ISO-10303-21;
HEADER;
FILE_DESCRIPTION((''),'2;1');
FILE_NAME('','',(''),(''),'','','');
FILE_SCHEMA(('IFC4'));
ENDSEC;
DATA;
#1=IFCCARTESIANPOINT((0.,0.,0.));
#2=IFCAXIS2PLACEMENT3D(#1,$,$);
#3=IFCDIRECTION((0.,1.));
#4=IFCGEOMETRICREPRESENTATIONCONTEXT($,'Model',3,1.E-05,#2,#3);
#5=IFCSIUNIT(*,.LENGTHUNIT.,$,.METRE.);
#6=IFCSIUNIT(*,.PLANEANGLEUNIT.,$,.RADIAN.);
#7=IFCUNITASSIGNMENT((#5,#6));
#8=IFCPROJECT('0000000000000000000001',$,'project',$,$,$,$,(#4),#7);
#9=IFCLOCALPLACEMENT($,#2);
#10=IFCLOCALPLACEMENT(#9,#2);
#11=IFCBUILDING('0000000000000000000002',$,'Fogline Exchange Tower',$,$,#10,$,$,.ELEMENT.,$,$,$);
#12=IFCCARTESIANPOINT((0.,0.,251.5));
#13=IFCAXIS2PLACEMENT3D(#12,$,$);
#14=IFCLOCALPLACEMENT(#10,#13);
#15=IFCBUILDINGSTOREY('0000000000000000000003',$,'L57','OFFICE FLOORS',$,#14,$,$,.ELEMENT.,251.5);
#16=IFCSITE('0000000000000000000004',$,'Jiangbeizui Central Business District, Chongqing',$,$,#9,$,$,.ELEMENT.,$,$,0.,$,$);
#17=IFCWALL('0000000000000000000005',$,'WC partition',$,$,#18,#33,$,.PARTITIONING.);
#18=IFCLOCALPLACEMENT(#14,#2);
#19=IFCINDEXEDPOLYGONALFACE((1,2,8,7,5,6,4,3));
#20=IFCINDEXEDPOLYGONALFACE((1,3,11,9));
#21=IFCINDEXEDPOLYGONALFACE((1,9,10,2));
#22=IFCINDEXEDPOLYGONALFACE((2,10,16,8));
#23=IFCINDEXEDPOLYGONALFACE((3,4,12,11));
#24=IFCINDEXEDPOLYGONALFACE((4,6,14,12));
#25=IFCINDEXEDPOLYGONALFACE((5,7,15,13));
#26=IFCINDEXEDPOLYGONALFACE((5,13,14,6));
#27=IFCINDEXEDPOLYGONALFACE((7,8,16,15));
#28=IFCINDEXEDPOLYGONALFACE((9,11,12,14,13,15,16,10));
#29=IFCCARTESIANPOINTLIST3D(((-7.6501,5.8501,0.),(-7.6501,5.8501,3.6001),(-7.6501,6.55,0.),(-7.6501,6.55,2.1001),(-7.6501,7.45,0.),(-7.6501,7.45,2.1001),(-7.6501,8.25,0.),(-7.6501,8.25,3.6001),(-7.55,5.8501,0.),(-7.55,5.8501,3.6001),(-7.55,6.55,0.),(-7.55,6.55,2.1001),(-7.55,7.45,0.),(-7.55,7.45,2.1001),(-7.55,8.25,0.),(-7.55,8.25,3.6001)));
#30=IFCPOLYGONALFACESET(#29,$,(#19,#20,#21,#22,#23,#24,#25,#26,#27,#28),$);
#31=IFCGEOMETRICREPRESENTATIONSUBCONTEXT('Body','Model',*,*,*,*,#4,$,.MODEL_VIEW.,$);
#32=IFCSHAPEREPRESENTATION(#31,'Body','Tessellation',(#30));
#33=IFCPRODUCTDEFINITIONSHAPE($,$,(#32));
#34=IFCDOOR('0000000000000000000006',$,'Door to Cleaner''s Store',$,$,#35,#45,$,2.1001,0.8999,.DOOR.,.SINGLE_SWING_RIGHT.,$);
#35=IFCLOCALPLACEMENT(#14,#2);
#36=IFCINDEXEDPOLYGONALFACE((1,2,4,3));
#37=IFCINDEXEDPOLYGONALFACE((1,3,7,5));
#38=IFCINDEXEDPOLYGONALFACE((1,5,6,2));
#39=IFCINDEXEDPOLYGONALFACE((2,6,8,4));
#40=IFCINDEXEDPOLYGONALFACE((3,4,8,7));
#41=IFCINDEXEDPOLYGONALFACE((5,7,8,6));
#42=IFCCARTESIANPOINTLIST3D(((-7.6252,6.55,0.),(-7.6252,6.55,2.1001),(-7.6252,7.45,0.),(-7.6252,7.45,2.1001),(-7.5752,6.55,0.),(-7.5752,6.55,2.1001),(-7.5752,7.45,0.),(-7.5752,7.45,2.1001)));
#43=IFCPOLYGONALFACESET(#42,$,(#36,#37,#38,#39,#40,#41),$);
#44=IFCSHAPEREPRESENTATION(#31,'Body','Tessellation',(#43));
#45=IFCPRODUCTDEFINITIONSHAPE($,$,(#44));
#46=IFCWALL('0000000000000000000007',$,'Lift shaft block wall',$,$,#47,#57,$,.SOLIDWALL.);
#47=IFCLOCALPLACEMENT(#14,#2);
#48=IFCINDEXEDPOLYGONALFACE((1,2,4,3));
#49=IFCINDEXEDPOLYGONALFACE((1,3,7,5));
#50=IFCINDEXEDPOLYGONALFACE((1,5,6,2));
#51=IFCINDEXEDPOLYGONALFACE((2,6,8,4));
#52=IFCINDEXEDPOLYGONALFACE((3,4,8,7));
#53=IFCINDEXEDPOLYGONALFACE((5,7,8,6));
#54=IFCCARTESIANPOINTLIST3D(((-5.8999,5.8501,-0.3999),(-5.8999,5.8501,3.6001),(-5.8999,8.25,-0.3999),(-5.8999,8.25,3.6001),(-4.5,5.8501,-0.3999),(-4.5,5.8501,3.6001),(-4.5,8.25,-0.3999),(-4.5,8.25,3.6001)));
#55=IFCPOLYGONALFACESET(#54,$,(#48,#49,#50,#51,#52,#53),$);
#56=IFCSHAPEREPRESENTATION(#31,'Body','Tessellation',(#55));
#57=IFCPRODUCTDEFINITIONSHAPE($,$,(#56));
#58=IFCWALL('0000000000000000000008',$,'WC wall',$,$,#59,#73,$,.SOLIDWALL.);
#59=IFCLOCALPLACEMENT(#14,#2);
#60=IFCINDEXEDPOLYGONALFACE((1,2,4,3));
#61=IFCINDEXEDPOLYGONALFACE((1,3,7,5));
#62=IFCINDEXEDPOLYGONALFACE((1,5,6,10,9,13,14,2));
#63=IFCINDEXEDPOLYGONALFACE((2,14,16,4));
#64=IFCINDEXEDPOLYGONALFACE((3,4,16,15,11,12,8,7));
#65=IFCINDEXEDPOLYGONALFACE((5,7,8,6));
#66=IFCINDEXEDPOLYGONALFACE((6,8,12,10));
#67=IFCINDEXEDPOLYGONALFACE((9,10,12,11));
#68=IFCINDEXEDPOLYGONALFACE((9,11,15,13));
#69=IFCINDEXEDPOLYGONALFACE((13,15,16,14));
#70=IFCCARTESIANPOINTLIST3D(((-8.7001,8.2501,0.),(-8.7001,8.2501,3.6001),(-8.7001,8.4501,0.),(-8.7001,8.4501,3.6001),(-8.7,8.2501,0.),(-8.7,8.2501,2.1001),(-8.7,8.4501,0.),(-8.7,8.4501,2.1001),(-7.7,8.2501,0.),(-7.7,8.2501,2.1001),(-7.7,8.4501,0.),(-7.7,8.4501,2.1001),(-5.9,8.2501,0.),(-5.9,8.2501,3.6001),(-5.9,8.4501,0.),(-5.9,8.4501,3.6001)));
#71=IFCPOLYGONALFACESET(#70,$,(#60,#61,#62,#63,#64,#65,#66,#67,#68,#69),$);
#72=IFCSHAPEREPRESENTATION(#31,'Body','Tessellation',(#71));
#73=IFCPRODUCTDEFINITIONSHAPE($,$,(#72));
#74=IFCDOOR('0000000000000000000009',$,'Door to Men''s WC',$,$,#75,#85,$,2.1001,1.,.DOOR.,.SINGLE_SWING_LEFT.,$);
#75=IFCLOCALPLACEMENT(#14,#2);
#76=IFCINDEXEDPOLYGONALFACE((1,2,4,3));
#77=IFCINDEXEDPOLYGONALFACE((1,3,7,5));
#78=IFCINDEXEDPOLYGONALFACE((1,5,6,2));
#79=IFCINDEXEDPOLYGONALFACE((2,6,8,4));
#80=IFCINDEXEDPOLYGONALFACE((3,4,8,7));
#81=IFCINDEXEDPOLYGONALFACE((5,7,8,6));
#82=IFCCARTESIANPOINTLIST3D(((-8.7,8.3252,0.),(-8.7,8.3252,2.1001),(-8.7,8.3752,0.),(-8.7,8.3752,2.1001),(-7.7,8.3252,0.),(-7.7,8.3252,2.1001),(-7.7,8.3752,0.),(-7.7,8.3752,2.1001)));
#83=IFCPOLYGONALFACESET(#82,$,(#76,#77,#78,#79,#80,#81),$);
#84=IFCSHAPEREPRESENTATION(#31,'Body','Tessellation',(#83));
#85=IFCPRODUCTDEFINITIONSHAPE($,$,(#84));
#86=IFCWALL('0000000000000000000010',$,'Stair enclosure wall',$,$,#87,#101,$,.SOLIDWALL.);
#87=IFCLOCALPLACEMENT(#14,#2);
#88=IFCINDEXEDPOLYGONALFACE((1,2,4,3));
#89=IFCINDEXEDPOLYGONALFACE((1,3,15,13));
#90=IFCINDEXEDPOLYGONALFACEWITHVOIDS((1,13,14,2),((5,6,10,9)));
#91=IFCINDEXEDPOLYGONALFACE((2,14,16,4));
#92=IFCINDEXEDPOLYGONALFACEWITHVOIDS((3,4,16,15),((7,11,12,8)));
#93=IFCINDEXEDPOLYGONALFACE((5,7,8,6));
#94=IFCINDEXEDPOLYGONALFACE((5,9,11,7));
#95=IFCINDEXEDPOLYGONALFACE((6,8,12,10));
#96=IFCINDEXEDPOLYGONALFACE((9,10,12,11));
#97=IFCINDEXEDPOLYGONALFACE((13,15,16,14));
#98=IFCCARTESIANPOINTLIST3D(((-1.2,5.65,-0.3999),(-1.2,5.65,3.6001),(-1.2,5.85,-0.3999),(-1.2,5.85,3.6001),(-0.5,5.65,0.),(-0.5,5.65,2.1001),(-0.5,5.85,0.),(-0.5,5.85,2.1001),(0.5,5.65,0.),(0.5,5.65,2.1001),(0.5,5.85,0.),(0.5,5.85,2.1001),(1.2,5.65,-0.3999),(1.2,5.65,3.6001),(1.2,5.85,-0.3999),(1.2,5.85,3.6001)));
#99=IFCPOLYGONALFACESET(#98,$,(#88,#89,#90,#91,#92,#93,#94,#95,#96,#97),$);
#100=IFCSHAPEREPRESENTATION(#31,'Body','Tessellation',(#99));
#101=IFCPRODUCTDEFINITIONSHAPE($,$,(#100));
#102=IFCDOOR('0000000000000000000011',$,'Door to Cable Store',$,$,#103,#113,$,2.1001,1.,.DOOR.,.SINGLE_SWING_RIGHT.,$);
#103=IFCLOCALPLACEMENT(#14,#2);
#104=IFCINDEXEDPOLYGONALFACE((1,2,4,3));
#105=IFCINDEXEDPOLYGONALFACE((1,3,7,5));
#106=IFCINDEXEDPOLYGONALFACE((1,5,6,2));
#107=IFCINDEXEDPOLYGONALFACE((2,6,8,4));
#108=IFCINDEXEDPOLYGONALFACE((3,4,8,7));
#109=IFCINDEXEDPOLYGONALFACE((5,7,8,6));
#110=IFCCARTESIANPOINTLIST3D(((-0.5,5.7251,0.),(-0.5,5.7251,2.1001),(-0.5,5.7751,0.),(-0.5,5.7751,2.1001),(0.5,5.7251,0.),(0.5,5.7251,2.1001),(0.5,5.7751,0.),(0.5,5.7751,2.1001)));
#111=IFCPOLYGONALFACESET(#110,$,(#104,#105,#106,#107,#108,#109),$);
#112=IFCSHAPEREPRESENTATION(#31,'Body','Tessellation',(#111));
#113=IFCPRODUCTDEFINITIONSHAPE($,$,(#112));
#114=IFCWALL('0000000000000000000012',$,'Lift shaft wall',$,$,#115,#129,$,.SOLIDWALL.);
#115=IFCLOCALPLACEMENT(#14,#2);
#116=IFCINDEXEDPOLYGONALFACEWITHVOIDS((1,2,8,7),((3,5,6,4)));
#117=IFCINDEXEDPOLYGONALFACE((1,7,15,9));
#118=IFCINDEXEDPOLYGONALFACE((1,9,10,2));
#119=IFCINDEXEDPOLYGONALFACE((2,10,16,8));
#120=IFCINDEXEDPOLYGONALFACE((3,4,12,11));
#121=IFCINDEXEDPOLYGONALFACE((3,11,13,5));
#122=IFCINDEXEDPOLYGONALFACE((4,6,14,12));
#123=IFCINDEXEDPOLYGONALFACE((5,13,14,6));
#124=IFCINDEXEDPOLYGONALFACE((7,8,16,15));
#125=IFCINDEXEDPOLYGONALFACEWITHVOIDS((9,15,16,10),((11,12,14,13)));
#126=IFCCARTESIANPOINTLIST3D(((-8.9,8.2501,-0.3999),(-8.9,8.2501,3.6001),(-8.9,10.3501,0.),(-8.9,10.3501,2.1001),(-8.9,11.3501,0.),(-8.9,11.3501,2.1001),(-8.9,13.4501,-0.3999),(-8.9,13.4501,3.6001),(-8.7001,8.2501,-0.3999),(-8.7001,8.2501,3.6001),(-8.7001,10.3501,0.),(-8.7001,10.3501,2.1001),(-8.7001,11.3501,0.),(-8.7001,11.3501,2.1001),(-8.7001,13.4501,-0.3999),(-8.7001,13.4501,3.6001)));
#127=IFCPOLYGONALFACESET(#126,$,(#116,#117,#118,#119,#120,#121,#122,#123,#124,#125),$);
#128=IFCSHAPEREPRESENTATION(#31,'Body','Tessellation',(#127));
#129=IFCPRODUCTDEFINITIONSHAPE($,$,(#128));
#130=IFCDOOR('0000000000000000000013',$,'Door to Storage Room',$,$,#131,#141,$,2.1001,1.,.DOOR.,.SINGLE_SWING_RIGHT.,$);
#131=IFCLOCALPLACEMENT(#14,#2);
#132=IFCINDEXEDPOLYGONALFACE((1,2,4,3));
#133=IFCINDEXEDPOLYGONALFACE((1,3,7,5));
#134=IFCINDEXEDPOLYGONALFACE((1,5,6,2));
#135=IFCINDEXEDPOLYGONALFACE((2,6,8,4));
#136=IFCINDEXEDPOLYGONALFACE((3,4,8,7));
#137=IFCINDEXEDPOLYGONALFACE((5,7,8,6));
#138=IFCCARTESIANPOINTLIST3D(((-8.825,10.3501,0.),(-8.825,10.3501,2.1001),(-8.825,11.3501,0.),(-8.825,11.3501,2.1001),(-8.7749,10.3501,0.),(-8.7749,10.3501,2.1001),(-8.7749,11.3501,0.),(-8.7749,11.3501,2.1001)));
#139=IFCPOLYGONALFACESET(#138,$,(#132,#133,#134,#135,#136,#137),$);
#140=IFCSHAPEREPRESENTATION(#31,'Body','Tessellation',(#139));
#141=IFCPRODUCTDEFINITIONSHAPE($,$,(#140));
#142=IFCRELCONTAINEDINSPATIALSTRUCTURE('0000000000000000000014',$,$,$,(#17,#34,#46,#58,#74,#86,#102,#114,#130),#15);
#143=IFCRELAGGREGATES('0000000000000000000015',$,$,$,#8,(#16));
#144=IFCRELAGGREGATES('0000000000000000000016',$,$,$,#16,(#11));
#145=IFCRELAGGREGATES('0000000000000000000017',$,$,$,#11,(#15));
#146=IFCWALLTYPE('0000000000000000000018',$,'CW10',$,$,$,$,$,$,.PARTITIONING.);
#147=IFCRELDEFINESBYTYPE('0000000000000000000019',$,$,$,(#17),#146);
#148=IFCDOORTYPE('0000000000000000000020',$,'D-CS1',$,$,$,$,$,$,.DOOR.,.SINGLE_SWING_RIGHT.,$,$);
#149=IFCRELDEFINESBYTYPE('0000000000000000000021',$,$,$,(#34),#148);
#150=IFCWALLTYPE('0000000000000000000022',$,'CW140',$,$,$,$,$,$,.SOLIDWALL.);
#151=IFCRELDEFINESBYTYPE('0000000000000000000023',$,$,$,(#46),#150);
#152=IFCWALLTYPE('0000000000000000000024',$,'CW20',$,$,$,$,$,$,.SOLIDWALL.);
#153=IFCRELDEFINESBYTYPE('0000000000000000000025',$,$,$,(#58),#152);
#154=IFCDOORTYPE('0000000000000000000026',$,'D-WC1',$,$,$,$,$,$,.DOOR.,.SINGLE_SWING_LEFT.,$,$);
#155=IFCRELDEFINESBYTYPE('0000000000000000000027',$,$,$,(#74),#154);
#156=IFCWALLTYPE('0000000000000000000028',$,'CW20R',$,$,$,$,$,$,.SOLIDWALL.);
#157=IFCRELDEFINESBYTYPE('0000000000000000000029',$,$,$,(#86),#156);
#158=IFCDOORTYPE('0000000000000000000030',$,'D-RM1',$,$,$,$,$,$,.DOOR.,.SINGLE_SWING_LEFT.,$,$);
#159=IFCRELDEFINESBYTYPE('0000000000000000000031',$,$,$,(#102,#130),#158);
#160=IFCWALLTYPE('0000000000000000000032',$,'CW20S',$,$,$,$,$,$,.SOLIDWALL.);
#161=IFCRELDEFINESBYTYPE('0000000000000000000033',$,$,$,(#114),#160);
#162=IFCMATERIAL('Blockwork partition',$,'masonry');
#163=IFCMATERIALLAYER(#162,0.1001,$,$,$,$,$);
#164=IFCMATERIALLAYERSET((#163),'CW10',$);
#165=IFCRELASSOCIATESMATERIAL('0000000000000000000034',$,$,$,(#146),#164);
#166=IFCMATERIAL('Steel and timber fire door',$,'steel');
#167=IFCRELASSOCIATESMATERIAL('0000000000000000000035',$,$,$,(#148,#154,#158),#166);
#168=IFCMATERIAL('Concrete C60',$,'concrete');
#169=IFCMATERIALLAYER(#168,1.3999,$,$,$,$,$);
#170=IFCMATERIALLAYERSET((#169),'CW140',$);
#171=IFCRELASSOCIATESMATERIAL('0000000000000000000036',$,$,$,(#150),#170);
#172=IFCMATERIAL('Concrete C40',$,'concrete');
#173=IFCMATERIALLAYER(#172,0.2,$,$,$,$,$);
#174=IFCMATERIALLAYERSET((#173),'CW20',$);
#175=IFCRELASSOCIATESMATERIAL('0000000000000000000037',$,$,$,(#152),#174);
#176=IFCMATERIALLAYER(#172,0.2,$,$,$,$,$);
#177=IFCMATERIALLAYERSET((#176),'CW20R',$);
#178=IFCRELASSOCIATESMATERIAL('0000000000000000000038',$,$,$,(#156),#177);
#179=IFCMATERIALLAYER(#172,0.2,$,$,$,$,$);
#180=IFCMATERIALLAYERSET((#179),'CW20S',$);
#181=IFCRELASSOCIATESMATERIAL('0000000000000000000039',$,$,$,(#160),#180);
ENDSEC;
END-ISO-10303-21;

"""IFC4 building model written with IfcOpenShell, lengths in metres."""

from ifc_helpers import new_model, si_unit, direction, frame, frame_2d, origin, place, context, subcontext, project, spatial, rectangle, extrude, material, layer, layer_set, type_object, element, fill, save


model = new_model("IFC4")

# Units and contexts
model_context = context("Model", 3, precision=1e-05, world=origin(), true_north=direction((0.0, 1.0)))
body_context = subcontext(model_context, "Body", "Model", "MODEL_VIEW")
ifc_project = project(units=[si_unit("LENGTHUNIT", "METRE"), si_unit("PLANEANGLEUNIT", "RADIAN")], contexts=[model_context])

# Site, building, storey
site_placement = place(None, origin())
site = spatial("IfcSite", under=ifc_project, at=site_placement, Name="Jiangbeizui Central Business District, Chongqing", CompositionType="ELEMENT", RefElevation=0.0)
building_placement = place(site_placement, origin())
building = spatial("IfcBuilding", under=site, at=building_placement, Name="Fogline Exchange Tower", CompositionType="ELEMENT")
storey_placement = place(building_placement, frame((0.0, 0.0, 251.5)))
storey = spatial("IfcBuildingStorey", under=building, at=storey_placement, Name="L57", Description="OFFICE FLOORS", CompositionType="ELEMENT", Elevation=251.5)

# Wall, opening, door
ifc_material_1 = material(Name="Blockwork partition", Category="masonry")
ifc_layer_1 = layer(ifc_material_1, 0.1001)
ifc_layer_set_1 = layer_set([ifc_layer_1], Name="CW10")
wall_type_1 = type_object("IfcWallType", Name="CW10", PredefinedType="PARTITIONING", material=ifc_layer_set_1)
wall_1_placement = place(storey_placement, frame((-7.6001, 5.8501, 0.0), z_axis=(0.0, 0.0, 1.0), x_axis=(0.0, 1.0, 0.0)))
wall_1 = element("IfcWall", 1, at=wall_1_placement, inside=storey, type_object=wall_type_1, Name="WC partition", PredefinedType="PARTITIONING", context=body_context, shape_type="SweptSolid", body=[
    extrude(rectangle(XDim=2.3999, YDim=0.1001, at=frame_2d((1.2, 0.0))), origin(), (0.0, 0.0, 1.0), 3.6001),
])
opening_1_placement = place(wall_1_placement, frame((0.7, 0.0, 0.0)))
opening_1 = element("IfcOpeningElement", 2, at=opening_1_placement, cuts=wall_1, PredefinedType="OPENING", context=body_context, shape_type="SweptSolid", body=[
    extrude(rectangle(XDim=0.8999, YDim=2.1001, at=frame_2d((0.45, 1.05))), frame((0.0, 0.0601, 0.0), z_axis=(0.0, -1.0, 0.0), x_axis=(1.0, 0.0, 0.0)), (0.0, 0.0, 1.0), 0.1201),
])
ifc_material_2 = material(Name="Steel and timber fire door", Category="steel")
door_type_1 = type_object("IfcDoorType", Name="D-CS1", OperationType="SINGLE_SWING_RIGHT", PredefinedType="DOOR", material=ifc_material_2)
door_1_placement = place(opening_1_placement, frame((0.8999, 0.0, 0.0), z_axis=(0.0, 0.0, 1.0), x_axis=(-1.0, 0.0, 0.0)))
door_1 = element("IfcDoor", 3, at=door_1_placement, inside=storey, type_object=door_type_1, Name="Door to Cleaner's Store", OperationType="SINGLE_SWING_RIGHT", OverallHeight=2.1001, OverallWidth=0.8999, PredefinedType="DOOR", context=body_context, shape_type="SweptSolid", body=[
    extrude(rectangle(XDim=0.8999, YDim=2.1001, at=frame_2d((0.45, 1.05))), frame((0.0, 0.0249, 0.0), z_axis=(0.0, -1.0, 0.0), x_axis=(1.0, 0.0, 0.0)), (0.0, 0.0, 1.0), 0.05),
])
fill(opening_1, door_1)

# Wall
ifc_material_3 = material(Name="Concrete C60", Category="concrete")
ifc_layer_2 = layer(ifc_material_3, 1.3999)
ifc_layer_set_2 = layer_set([ifc_layer_2], Name="CW140")
wall_type_2 = type_object("IfcWallType", Name="CW140", PredefinedType="SOLIDWALL", material=ifc_layer_set_2)
wall_2_placement = place(storey_placement, frame((-5.2, 5.8501, -0.3999), z_axis=(0.0, 0.0, 1.0), x_axis=(0.0, 1.0, 0.0)))
element("IfcWall", 4, at=wall_2_placement, inside=storey, type_object=wall_type_2, Name="Lift shaft block wall", PredefinedType="SOLIDWALL", context=body_context, shape_type="SweptSolid", body=[
    extrude(rectangle(XDim=2.3999, YDim=1.3999, at=frame_2d((1.2, 0.0))), origin(), (0.0, 0.0, 1.0), 4.0),
])

# Walls, openings, doors
ifc_material_4 = material(Name="Concrete C40", Category="concrete")
ifc_layer_3 = layer(ifc_material_4, 0.2)
ifc_layer_set_3 = layer_set([ifc_layer_3], Name="CW20")
wall_type_3 = type_object("IfcWallType", Name="CW20", PredefinedType="SOLIDWALL", material=ifc_layer_set_3)
wall_3_placement = place(storey_placement, frame((-8.7, 8.3501, 0.0), z_axis=(0.0, 0.0, 1.0), x_axis=(1.0, 0.0, 0.0)))
wall_3 = element("IfcWall", 5, at=wall_3_placement, inside=storey, type_object=wall_type_3, Name="WC wall", PredefinedType="SOLIDWALL", context=body_context, shape_type="SweptSolid", body=[
    extrude(rectangle(XDim=2.8, YDim=0.2, at=frame_2d((1.3999, 0.0))), origin(), (0.0, 0.0, 1.0), 3.6001),
])
opening_2_placement = place(wall_3_placement, origin())
opening_2 = element("IfcOpeningElement", 6, at=opening_2_placement, cuts=wall_3, PredefinedType="OPENING", context=body_context, shape_type="SweptSolid", body=[
    extrude(rectangle(XDim=1.0, YDim=2.1001, at=frame_2d((0.5, 1.05))), frame((0.0, 0.1099, 0.0), z_axis=(0.0, -1.0, 0.0), x_axis=(1.0, 0.0, 0.0)), (0.0, 0.0, 1.0), 0.22),
])
door_type_2 = type_object("IfcDoorType", Name="D-WC1", OperationType="SINGLE_SWING_LEFT", PredefinedType="DOOR", material=ifc_material_2)
door_2_placement = place(opening_2_placement, frame((1.0, 0.0, 0.0), z_axis=(0.0, 0.0, 1.0), x_axis=(-1.0, 0.0, 0.0)))
door_2 = element("IfcDoor", 7, at=door_2_placement, inside=storey, type_object=door_type_2, Name="Door to Men's WC", OperationType="SINGLE_SWING_LEFT", OverallHeight=2.1001, OverallWidth=1.0, PredefinedType="DOOR", context=body_context, shape_type="SweptSolid", body=[
    extrude(rectangle(XDim=1.0, YDim=2.1001, at=frame_2d((0.5, 1.05))), frame((0.0, 0.0249, 0.0), z_axis=(0.0, -1.0, 0.0), x_axis=(1.0, 0.0, 0.0)), (0.0, 0.0, 1.0), 0.05),
])
fill(opening_2, door_2)
ifc_layer_4 = layer(ifc_material_4, 0.2)
ifc_layer_set_4 = layer_set([ifc_layer_4], Name="CW20R")
wall_type_4 = type_object("IfcWallType", Name="CW20R", PredefinedType="SOLIDWALL", material=ifc_layer_set_4)
wall_4_placement = place(storey_placement, frame((-1.2, 5.75, -0.3999), z_axis=(0.0, 0.0, 1.0), x_axis=(1.0, 0.0, 0.0)))
wall_4 = element("IfcWall", 8, at=wall_4_placement, inside=storey, type_object=wall_type_4, Name="Stair enclosure wall", PredefinedType="SOLIDWALL", context=body_context, shape_type="SweptSolid", body=[
    extrude(rectangle(XDim=2.3999, YDim=0.2, at=frame_2d((1.2, 0.0))), origin(), (0.0, 0.0, 1.0), 4.0),
])
opening_3_placement = place(wall_4_placement, frame((0.7, 0.0, 0.3999)))
opening_3 = element("IfcOpeningElement", 9, at=opening_3_placement, cuts=wall_4, PredefinedType="OPENING", context=body_context, shape_type="SweptSolid", body=[
    extrude(rectangle(XDim=1.0, YDim=2.1001, at=frame_2d((0.5, 1.05))), frame((0.0, 0.1099, 0.0), z_axis=(0.0, -1.0, 0.0), x_axis=(1.0, 0.0, 0.0)), (0.0, 0.0, 1.0), 0.22),
])
door_type_3 = type_object("IfcDoorType", Name="D-RM1", OperationType="SINGLE_SWING_LEFT", PredefinedType="DOOR", material=ifc_material_2)
door_3_placement = place(opening_3_placement, frame((1.0, 0.0, 0.0), z_axis=(0.0, 0.0, 1.0), x_axis=(-1.0, 0.0, 0.0)))
door_3 = element("IfcDoor", 10, at=door_3_placement, inside=storey, type_object=door_type_3, Name="Door to Cable Store", OperationType="SINGLE_SWING_RIGHT", OverallHeight=2.1001, OverallWidth=1.0, PredefinedType="DOOR", context=body_context, shape_type="SweptSolid", body=[
    extrude(rectangle(XDim=1.0, YDim=2.1001, at=frame_2d((0.5, 1.05))), frame((0.0, 0.0249, 0.0), z_axis=(0.0, -1.0, 0.0), x_axis=(1.0, 0.0, 0.0)), (0.0, 0.0, 1.0), 0.05),
])
fill(opening_3, door_3)
ifc_layer_5 = layer(ifc_material_4, 0.2)
ifc_layer_set_5 = layer_set([ifc_layer_5], Name="CW20S")
wall_type_5 = type_object("IfcWallType", Name="CW20S", PredefinedType="SOLIDWALL", material=ifc_layer_set_5)
wall_5_placement = place(storey_placement, frame((-8.8, 8.25, -0.3999), z_axis=(0.0, 0.0, 1.0), x_axis=(0.0, 1.0, 0.0)))
wall_5 = element("IfcWall", 11, at=wall_5_placement, inside=storey, type_object=wall_type_5, Name="Lift shaft wall", PredefinedType="SOLIDWALL", context=body_context, shape_type="SweptSolid", body=[
    extrude(rectangle(XDim=5.2, YDim=0.2, at=frame_2d((2.6001, 0.0))), origin(), (0.0, 0.0, 1.0), 4.0),
])
opening_4_placement = place(wall_5_placement, frame((2.1001, 0.0, 0.3999)))
opening_4 = element("IfcOpeningElement", 12, at=opening_4_placement, cuts=wall_5, PredefinedType="OPENING", context=body_context, shape_type="SweptSolid", body=[
    extrude(rectangle(XDim=1.0, YDim=2.1001, at=frame_2d((0.5, 1.05))), frame((0.0, 0.1099, 0.0), z_axis=(0.0, -1.0, 0.0), x_axis=(1.0, 0.0, 0.0)), (0.0, 0.0, 1.0), 0.22),
])
door_4_placement = place(opening_4_placement, origin())
door_4 = element("IfcDoor", 13, at=door_4_placement, inside=storey, type_object=door_type_3, Name="Door to Storage Room", OperationType="SINGLE_SWING_RIGHT", OverallHeight=2.1001, OverallWidth=1.0, PredefinedType="DOOR", context=body_context, shape_type="SweptSolid", body=[
    extrude(rectangle(XDim=1.0, YDim=2.1001, at=frame_2d((0.5, 1.05))), frame((0.0, 0.0249, 0.0), z_axis=(0.0, -1.0, 0.0), x_axis=(1.0, 0.0, 0.0)), (0.0, 0.0, 1.0), 0.05),
])
fill(opening_4, door_4)

save(model, "model.ifc")
